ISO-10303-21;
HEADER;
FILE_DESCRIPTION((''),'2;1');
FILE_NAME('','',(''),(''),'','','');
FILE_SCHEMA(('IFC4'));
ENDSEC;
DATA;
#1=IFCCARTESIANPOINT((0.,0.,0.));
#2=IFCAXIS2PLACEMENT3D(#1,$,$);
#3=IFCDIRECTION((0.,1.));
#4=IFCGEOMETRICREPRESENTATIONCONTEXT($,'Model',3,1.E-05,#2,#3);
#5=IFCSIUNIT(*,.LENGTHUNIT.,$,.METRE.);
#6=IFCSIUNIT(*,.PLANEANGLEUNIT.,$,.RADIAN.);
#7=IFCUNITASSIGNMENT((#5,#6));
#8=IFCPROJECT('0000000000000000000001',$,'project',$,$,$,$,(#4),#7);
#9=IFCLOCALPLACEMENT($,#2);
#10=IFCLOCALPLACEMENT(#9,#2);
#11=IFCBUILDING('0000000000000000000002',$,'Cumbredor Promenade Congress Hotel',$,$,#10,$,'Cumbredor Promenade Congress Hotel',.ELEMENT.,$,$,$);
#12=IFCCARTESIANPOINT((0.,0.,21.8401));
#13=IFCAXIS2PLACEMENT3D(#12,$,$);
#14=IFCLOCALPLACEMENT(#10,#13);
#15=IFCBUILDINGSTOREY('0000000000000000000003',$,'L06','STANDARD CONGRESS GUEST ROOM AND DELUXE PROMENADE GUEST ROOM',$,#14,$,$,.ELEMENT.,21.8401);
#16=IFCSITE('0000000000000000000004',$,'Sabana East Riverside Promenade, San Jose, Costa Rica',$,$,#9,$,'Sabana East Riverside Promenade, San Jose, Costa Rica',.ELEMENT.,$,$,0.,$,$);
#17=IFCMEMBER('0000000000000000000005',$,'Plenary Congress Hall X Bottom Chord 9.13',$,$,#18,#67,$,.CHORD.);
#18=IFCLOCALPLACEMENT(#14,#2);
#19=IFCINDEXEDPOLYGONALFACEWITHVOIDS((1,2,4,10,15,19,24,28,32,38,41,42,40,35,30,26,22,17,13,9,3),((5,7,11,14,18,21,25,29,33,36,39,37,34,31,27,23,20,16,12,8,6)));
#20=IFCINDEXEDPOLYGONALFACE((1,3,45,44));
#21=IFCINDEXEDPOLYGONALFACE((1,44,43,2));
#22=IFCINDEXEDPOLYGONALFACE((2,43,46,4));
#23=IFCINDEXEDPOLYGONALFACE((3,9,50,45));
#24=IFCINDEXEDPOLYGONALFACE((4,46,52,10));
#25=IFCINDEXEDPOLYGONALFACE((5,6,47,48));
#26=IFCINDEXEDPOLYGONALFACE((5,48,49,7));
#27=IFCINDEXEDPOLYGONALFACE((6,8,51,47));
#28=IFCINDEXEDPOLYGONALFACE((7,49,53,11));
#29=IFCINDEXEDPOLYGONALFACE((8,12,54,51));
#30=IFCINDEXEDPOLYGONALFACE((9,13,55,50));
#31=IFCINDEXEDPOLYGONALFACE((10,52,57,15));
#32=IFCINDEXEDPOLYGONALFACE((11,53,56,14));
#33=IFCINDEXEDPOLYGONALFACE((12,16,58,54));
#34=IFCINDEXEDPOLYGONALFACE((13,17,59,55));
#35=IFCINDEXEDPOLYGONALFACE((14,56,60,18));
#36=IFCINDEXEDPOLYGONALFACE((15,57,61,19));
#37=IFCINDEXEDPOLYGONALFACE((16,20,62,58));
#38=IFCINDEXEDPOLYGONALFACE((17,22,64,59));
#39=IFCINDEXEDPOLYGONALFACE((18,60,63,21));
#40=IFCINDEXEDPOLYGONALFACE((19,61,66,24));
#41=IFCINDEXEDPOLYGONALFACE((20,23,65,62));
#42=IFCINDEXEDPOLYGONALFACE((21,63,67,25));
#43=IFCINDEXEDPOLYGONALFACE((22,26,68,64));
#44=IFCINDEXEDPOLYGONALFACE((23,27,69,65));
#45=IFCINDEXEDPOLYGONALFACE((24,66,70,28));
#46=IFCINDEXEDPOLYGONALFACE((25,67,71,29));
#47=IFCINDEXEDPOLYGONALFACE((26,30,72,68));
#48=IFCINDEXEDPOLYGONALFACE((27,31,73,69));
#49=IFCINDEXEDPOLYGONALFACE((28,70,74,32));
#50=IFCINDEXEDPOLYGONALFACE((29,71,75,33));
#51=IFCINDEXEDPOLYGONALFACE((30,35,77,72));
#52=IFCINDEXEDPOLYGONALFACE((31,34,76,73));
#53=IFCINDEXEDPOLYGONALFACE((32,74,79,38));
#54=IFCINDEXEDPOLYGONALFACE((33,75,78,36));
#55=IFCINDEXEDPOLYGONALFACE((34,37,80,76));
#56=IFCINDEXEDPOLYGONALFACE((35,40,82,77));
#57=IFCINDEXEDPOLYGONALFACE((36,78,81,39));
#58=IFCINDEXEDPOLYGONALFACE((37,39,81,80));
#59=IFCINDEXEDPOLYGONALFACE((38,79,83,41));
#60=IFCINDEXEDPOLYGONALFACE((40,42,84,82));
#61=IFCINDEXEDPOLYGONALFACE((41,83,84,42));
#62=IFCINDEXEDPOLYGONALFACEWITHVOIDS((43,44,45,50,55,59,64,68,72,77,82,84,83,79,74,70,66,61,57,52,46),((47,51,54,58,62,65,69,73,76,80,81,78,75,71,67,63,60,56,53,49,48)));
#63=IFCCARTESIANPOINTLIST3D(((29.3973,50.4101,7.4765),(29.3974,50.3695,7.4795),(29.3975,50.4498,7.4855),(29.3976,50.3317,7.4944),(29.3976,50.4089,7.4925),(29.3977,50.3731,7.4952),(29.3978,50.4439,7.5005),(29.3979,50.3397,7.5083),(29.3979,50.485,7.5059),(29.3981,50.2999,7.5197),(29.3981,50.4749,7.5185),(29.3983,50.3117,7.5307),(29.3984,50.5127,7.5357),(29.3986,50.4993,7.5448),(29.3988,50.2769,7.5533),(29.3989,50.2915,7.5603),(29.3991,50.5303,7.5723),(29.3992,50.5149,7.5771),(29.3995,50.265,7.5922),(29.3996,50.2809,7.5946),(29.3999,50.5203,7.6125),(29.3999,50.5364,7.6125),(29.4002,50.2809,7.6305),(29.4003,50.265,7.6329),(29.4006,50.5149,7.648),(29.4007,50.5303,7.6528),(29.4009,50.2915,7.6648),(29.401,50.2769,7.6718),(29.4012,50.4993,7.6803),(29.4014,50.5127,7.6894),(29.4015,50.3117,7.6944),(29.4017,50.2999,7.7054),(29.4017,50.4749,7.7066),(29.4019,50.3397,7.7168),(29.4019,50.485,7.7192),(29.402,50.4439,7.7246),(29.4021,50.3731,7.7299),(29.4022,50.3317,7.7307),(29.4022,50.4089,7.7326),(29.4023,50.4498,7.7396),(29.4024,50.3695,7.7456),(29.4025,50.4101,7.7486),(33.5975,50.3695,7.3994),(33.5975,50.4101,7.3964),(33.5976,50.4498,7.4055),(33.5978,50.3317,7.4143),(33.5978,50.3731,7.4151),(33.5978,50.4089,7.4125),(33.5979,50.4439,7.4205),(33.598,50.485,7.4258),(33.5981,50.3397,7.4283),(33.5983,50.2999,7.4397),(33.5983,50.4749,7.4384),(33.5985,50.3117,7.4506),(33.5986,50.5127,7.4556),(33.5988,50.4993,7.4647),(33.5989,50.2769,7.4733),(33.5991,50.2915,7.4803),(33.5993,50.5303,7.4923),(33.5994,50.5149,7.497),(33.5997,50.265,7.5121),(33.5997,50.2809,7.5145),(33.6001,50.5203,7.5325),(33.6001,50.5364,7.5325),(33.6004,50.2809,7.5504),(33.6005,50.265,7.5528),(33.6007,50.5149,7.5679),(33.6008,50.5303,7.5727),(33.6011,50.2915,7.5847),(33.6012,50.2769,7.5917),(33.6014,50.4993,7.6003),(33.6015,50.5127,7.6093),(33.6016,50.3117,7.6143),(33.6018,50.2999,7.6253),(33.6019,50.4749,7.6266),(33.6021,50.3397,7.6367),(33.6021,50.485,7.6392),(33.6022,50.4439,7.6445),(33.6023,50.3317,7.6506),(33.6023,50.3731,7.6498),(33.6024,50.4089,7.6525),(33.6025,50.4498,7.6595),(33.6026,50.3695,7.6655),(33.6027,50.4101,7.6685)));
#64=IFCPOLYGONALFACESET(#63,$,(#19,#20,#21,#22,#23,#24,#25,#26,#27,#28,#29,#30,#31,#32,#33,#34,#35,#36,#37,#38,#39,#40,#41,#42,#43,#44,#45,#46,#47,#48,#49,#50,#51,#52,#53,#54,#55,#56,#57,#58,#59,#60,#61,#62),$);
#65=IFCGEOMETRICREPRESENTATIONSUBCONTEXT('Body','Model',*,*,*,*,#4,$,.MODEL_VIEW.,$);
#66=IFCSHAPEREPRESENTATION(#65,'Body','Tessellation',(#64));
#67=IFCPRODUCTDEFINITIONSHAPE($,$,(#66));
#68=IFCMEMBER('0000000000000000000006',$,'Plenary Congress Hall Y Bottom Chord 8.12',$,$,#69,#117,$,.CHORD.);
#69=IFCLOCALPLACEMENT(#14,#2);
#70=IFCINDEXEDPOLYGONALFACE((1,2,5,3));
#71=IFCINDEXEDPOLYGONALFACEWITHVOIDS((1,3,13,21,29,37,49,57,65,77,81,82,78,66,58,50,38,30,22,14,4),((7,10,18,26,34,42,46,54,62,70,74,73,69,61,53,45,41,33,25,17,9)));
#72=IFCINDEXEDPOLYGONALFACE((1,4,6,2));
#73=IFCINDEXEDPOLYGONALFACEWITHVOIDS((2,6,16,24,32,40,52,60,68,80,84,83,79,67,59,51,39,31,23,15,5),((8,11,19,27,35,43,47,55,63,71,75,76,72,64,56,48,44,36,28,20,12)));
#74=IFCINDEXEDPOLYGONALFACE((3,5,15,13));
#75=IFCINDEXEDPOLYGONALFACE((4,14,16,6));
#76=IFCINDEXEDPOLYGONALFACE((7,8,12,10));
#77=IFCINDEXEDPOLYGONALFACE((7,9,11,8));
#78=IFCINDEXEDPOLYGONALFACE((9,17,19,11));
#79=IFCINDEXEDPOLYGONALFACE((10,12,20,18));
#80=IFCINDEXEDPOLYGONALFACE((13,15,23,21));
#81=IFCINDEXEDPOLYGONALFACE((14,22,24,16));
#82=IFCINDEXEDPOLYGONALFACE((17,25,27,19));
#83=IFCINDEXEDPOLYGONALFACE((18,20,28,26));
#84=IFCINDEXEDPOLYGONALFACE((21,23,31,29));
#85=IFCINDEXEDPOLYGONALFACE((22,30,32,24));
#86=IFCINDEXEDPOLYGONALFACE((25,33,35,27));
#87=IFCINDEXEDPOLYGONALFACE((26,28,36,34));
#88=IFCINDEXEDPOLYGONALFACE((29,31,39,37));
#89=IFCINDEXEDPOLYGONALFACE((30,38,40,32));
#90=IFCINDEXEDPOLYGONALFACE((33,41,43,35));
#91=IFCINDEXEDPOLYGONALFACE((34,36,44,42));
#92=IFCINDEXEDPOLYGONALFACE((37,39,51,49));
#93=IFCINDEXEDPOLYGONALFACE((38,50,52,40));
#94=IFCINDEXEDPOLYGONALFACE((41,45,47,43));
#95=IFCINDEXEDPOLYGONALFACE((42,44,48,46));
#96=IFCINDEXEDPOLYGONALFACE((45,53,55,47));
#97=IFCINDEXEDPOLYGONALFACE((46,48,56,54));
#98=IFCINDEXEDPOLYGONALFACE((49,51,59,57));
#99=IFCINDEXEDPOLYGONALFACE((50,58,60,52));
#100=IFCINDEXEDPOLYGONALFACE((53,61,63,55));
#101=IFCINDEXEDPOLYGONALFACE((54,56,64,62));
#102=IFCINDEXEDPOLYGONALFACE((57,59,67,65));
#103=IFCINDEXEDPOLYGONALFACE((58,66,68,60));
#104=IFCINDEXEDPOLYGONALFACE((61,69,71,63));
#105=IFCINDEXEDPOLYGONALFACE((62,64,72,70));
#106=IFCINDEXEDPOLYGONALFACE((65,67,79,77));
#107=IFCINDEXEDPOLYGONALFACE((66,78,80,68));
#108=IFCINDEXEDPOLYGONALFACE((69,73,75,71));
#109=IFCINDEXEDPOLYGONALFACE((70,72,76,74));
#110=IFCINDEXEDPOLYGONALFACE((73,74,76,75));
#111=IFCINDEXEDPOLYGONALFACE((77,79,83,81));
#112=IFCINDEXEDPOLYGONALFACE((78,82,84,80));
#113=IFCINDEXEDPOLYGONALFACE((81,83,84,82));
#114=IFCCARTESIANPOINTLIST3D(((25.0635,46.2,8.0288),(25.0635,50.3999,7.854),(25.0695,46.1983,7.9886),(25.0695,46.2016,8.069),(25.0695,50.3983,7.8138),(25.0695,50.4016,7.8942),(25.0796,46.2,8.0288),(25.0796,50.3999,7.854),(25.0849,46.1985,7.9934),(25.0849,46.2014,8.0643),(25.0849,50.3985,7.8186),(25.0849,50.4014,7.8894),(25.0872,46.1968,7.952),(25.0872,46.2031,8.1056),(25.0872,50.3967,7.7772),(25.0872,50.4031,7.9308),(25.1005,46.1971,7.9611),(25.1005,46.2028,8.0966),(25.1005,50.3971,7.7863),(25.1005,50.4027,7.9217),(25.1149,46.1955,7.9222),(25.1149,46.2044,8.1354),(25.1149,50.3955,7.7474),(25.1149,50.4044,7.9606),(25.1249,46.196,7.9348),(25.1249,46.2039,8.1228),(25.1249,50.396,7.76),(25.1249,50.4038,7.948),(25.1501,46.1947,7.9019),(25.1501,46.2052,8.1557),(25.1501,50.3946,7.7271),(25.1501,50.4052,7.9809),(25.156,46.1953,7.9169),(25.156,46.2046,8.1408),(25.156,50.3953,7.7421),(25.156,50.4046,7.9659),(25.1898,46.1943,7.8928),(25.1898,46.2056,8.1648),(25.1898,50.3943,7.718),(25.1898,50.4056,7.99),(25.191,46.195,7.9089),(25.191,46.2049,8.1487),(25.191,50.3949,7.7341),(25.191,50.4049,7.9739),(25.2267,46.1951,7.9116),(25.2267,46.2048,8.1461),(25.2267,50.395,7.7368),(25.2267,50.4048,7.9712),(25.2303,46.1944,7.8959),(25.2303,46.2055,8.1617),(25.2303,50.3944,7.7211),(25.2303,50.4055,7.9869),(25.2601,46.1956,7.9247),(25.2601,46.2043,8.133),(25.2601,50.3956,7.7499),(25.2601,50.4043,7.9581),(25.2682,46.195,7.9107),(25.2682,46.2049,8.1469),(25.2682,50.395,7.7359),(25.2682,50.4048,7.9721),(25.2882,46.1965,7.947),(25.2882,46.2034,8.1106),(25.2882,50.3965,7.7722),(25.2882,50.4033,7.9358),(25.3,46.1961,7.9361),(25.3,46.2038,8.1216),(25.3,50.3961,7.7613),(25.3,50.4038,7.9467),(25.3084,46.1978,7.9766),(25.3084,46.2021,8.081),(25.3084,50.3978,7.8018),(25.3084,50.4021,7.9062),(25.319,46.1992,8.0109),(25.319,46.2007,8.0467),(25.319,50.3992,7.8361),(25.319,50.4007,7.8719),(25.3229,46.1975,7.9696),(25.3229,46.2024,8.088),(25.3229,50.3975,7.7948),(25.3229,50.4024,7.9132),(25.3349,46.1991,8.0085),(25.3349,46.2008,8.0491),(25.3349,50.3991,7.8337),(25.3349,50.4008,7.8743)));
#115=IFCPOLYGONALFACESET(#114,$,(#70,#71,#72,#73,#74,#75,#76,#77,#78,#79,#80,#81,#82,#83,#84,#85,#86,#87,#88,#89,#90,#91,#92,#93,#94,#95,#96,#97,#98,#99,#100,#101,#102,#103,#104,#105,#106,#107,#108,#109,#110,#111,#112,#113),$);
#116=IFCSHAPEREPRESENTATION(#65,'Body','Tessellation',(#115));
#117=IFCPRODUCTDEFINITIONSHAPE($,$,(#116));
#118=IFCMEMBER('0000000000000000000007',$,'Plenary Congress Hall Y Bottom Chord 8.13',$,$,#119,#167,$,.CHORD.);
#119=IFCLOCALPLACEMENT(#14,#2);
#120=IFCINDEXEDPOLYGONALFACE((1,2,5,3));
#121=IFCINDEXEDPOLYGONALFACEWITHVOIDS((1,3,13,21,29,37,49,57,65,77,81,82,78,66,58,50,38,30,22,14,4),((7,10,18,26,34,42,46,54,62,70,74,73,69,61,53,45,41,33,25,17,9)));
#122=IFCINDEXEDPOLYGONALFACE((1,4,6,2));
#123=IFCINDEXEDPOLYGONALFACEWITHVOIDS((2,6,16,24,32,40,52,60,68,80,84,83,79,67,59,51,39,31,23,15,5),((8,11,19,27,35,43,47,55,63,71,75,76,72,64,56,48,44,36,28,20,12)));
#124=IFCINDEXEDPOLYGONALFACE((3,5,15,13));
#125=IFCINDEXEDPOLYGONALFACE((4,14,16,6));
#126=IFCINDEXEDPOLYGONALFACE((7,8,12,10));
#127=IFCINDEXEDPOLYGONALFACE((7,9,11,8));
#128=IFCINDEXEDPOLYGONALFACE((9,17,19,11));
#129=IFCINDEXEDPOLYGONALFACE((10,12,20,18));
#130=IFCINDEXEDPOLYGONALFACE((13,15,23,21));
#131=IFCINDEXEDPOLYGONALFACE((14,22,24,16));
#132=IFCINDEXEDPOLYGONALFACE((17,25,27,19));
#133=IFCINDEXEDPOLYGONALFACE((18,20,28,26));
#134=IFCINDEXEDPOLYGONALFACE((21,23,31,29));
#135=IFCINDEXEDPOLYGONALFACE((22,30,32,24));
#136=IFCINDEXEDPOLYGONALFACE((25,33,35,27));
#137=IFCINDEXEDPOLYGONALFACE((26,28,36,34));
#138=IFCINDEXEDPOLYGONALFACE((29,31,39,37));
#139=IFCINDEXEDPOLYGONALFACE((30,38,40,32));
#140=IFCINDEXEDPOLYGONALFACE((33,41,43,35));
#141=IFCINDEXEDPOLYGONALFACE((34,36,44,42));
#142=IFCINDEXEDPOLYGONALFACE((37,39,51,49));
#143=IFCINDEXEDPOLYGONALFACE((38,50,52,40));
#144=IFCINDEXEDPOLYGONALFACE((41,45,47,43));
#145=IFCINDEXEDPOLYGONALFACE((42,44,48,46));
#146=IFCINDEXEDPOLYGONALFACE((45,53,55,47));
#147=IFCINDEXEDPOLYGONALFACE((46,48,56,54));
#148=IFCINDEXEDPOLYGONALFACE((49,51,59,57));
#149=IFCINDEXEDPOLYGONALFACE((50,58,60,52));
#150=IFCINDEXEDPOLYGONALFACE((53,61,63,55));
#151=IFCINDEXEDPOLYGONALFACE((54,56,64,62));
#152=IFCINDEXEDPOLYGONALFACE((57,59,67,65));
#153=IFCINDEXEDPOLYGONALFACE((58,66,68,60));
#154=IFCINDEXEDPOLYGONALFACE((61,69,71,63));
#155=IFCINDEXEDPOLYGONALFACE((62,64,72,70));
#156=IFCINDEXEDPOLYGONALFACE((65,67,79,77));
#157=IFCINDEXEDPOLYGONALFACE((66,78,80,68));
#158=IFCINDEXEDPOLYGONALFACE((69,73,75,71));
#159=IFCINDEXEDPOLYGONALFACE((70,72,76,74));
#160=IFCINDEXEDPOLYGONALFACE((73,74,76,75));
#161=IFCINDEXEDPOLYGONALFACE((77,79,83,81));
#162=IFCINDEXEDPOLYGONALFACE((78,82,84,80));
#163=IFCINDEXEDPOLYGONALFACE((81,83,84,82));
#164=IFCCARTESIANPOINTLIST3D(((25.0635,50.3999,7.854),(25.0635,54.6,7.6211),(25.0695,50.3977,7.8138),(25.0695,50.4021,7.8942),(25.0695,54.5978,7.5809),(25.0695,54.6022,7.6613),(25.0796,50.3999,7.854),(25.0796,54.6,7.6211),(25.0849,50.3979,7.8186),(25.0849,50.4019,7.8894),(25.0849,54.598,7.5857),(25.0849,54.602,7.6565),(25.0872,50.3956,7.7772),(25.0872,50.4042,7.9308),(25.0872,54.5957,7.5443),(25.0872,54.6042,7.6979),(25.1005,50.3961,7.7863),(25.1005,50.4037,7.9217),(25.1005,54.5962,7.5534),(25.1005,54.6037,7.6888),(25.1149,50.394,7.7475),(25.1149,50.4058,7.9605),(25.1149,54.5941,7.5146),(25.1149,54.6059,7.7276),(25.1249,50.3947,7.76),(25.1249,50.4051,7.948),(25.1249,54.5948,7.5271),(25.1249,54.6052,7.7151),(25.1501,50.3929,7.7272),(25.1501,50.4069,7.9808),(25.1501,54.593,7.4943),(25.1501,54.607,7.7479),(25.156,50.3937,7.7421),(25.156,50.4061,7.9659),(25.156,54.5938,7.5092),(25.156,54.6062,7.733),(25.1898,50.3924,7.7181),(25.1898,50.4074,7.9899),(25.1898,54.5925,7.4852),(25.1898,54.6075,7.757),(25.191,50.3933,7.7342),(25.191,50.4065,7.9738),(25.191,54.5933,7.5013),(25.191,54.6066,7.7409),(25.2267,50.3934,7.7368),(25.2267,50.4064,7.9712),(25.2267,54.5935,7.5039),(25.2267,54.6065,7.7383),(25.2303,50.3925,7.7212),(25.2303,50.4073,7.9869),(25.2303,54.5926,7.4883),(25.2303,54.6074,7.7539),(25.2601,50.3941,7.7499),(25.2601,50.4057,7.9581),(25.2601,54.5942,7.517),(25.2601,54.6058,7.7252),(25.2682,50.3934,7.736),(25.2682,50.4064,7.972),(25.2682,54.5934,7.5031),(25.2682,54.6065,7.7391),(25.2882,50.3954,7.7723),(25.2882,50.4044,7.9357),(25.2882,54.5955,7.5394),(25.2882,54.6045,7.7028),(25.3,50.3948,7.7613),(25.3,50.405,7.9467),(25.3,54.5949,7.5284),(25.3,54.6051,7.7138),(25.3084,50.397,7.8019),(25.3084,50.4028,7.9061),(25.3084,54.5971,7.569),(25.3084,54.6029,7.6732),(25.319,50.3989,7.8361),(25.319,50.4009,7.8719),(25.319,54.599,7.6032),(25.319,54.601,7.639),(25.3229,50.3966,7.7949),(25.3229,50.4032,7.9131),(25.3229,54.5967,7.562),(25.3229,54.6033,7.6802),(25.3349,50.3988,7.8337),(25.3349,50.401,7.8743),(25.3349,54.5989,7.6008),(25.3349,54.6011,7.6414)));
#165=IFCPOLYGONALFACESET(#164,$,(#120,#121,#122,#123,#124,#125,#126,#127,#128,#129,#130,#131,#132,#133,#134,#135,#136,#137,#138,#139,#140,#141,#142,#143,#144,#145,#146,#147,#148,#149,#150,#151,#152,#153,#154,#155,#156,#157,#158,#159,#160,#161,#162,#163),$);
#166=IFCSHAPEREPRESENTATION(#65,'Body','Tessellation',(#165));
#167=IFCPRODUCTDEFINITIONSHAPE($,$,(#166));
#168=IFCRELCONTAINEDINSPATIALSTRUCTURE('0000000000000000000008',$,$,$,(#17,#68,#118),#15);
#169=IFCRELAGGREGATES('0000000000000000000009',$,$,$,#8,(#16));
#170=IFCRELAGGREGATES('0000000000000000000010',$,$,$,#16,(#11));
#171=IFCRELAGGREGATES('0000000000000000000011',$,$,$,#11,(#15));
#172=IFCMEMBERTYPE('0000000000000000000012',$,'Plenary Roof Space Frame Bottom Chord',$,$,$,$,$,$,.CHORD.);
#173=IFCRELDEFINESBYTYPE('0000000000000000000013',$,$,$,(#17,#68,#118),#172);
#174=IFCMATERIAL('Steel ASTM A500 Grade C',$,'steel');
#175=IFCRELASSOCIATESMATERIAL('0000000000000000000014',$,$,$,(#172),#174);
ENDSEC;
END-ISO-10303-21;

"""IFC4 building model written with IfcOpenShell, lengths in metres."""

from ifc_helpers import new_model, si_unit, direction, frame, origin, origin_2d, place, context, subcontext, project, spatial, hollow_circle, extrude, material, material_profile, profile_set, type_object, element, save


model = new_model("IFC4")

# Units and contexts
model_context = context("Model", 3, precision=1e-05, world=origin(), true_north=direction((0.0, 1.0)))
body_context = subcontext(model_context, "Body", "Model", "MODEL_VIEW")
ifc_project = project(units=[si_unit("LENGTHUNIT", "METRE"), si_unit("PLANEANGLEUNIT", "RADIAN")], contexts=[model_context])

# Site, building, storey
site_placement = place(None, origin())
site = spatial("IfcSite", under=ifc_project, at=site_placement, Name="Sabana East Riverside Promenade, San Jose, Costa Rica", LongName="Sabana East Riverside Promenade, San Jose, Costa Rica", CompositionType="ELEMENT", RefElevation=0.0)
building_placement = place(site_placement, origin())
building = spatial("IfcBuilding", under=site, at=building_placement, Name="Cumbredor Promenade Congress Hotel", LongName="Cumbredor Promenade Congress Hotel", CompositionType="ELEMENT")
storey_placement = place(building_placement, frame((0.0, 0.0, 21.8401)))
storey = spatial("IfcBuildingStorey", under=building, at=storey_placement, Name="L06", Description="STANDARD CONGRESS GUEST ROOM AND DELUXE PROMENADE GUEST ROOM", CompositionType="ELEMENT", Elevation=21.8401)

# Members
ifc_material_1 = material(Name="Steel ASTM A500 Grade C", Category="steel")
ifc_material_profile_1 = material_profile(ifc_material_1, hollow_circle(Radius=0.1365, WallThickness=0.0161, at=origin_2d()), Name="CHS 273.0x16")
ifc_profile_set_1 = profile_set([ifc_material_profile_1], Name="Steel ASTM A500 Grade C")
member_type_1 = type_object("IfcMemberType", Name="Plenary Roof Space Frame Bottom Chord", PredefinedType="CHORD", material=ifc_profile_set_1)
member_1_placement = place(storey_placement, frame((29.3999, 50.3999, 7.6125), z_axis=(0.999818, 0.0, -0.019062), x_axis=(0.0, 1.0, 0.0)))
element("IfcMember", 1, at=member_1_placement, inside=storey, type_object=member_type_1, Name="Plenary Congress Hall X Bottom Chord 9.13", PredefinedType="CHORD", context=body_context, shape_type="SweptSolid", body=[
    extrude(hollow_circle(Radius=0.1365, WallThickness=0.0161, at=origin_2d()), origin(), (0.0, 0.0, 1.0), 4.2009),
])
member_2_placement = place(storey_placement, frame((25.2, 46.2, 8.0288), z_axis=(0.0, 0.999135, -0.041585), x_axis=(-1.0, 0.0, 0.0)))
element("IfcMember", 2, at=member_2_placement, inside=storey, type_object=member_type_1, Name="Plenary Congress Hall Y Bottom Chord 8.12", PredefinedType="CHORD", context=body_context, shape_type="SweptSolid", body=[
    extrude(hollow_circle(Radius=0.1365, WallThickness=0.0161, at=origin_2d()), origin(), (0.0, 0.0, 1.0), 4.2036),
])
member_3_placement = place(storey_placement, frame((25.2, 50.3999, 7.854), z_axis=(0.0, 0.998466, -0.055367), x_axis=(-1.0, 0.0, 0.0)))
element("IfcMember", 3, at=member_3_placement, inside=storey, type_object=member_type_1, Name="Plenary Congress Hall Y Bottom Chord 8.13", PredefinedType="CHORD", context=body_context, shape_type="SweptSolid", body=[
    extrude(hollow_circle(Radius=0.1365, WallThickness=0.0161, at=origin_2d()), origin(), (0.0, 0.0, 1.0), 4.2065),
])

save(model, "model.ifc")
